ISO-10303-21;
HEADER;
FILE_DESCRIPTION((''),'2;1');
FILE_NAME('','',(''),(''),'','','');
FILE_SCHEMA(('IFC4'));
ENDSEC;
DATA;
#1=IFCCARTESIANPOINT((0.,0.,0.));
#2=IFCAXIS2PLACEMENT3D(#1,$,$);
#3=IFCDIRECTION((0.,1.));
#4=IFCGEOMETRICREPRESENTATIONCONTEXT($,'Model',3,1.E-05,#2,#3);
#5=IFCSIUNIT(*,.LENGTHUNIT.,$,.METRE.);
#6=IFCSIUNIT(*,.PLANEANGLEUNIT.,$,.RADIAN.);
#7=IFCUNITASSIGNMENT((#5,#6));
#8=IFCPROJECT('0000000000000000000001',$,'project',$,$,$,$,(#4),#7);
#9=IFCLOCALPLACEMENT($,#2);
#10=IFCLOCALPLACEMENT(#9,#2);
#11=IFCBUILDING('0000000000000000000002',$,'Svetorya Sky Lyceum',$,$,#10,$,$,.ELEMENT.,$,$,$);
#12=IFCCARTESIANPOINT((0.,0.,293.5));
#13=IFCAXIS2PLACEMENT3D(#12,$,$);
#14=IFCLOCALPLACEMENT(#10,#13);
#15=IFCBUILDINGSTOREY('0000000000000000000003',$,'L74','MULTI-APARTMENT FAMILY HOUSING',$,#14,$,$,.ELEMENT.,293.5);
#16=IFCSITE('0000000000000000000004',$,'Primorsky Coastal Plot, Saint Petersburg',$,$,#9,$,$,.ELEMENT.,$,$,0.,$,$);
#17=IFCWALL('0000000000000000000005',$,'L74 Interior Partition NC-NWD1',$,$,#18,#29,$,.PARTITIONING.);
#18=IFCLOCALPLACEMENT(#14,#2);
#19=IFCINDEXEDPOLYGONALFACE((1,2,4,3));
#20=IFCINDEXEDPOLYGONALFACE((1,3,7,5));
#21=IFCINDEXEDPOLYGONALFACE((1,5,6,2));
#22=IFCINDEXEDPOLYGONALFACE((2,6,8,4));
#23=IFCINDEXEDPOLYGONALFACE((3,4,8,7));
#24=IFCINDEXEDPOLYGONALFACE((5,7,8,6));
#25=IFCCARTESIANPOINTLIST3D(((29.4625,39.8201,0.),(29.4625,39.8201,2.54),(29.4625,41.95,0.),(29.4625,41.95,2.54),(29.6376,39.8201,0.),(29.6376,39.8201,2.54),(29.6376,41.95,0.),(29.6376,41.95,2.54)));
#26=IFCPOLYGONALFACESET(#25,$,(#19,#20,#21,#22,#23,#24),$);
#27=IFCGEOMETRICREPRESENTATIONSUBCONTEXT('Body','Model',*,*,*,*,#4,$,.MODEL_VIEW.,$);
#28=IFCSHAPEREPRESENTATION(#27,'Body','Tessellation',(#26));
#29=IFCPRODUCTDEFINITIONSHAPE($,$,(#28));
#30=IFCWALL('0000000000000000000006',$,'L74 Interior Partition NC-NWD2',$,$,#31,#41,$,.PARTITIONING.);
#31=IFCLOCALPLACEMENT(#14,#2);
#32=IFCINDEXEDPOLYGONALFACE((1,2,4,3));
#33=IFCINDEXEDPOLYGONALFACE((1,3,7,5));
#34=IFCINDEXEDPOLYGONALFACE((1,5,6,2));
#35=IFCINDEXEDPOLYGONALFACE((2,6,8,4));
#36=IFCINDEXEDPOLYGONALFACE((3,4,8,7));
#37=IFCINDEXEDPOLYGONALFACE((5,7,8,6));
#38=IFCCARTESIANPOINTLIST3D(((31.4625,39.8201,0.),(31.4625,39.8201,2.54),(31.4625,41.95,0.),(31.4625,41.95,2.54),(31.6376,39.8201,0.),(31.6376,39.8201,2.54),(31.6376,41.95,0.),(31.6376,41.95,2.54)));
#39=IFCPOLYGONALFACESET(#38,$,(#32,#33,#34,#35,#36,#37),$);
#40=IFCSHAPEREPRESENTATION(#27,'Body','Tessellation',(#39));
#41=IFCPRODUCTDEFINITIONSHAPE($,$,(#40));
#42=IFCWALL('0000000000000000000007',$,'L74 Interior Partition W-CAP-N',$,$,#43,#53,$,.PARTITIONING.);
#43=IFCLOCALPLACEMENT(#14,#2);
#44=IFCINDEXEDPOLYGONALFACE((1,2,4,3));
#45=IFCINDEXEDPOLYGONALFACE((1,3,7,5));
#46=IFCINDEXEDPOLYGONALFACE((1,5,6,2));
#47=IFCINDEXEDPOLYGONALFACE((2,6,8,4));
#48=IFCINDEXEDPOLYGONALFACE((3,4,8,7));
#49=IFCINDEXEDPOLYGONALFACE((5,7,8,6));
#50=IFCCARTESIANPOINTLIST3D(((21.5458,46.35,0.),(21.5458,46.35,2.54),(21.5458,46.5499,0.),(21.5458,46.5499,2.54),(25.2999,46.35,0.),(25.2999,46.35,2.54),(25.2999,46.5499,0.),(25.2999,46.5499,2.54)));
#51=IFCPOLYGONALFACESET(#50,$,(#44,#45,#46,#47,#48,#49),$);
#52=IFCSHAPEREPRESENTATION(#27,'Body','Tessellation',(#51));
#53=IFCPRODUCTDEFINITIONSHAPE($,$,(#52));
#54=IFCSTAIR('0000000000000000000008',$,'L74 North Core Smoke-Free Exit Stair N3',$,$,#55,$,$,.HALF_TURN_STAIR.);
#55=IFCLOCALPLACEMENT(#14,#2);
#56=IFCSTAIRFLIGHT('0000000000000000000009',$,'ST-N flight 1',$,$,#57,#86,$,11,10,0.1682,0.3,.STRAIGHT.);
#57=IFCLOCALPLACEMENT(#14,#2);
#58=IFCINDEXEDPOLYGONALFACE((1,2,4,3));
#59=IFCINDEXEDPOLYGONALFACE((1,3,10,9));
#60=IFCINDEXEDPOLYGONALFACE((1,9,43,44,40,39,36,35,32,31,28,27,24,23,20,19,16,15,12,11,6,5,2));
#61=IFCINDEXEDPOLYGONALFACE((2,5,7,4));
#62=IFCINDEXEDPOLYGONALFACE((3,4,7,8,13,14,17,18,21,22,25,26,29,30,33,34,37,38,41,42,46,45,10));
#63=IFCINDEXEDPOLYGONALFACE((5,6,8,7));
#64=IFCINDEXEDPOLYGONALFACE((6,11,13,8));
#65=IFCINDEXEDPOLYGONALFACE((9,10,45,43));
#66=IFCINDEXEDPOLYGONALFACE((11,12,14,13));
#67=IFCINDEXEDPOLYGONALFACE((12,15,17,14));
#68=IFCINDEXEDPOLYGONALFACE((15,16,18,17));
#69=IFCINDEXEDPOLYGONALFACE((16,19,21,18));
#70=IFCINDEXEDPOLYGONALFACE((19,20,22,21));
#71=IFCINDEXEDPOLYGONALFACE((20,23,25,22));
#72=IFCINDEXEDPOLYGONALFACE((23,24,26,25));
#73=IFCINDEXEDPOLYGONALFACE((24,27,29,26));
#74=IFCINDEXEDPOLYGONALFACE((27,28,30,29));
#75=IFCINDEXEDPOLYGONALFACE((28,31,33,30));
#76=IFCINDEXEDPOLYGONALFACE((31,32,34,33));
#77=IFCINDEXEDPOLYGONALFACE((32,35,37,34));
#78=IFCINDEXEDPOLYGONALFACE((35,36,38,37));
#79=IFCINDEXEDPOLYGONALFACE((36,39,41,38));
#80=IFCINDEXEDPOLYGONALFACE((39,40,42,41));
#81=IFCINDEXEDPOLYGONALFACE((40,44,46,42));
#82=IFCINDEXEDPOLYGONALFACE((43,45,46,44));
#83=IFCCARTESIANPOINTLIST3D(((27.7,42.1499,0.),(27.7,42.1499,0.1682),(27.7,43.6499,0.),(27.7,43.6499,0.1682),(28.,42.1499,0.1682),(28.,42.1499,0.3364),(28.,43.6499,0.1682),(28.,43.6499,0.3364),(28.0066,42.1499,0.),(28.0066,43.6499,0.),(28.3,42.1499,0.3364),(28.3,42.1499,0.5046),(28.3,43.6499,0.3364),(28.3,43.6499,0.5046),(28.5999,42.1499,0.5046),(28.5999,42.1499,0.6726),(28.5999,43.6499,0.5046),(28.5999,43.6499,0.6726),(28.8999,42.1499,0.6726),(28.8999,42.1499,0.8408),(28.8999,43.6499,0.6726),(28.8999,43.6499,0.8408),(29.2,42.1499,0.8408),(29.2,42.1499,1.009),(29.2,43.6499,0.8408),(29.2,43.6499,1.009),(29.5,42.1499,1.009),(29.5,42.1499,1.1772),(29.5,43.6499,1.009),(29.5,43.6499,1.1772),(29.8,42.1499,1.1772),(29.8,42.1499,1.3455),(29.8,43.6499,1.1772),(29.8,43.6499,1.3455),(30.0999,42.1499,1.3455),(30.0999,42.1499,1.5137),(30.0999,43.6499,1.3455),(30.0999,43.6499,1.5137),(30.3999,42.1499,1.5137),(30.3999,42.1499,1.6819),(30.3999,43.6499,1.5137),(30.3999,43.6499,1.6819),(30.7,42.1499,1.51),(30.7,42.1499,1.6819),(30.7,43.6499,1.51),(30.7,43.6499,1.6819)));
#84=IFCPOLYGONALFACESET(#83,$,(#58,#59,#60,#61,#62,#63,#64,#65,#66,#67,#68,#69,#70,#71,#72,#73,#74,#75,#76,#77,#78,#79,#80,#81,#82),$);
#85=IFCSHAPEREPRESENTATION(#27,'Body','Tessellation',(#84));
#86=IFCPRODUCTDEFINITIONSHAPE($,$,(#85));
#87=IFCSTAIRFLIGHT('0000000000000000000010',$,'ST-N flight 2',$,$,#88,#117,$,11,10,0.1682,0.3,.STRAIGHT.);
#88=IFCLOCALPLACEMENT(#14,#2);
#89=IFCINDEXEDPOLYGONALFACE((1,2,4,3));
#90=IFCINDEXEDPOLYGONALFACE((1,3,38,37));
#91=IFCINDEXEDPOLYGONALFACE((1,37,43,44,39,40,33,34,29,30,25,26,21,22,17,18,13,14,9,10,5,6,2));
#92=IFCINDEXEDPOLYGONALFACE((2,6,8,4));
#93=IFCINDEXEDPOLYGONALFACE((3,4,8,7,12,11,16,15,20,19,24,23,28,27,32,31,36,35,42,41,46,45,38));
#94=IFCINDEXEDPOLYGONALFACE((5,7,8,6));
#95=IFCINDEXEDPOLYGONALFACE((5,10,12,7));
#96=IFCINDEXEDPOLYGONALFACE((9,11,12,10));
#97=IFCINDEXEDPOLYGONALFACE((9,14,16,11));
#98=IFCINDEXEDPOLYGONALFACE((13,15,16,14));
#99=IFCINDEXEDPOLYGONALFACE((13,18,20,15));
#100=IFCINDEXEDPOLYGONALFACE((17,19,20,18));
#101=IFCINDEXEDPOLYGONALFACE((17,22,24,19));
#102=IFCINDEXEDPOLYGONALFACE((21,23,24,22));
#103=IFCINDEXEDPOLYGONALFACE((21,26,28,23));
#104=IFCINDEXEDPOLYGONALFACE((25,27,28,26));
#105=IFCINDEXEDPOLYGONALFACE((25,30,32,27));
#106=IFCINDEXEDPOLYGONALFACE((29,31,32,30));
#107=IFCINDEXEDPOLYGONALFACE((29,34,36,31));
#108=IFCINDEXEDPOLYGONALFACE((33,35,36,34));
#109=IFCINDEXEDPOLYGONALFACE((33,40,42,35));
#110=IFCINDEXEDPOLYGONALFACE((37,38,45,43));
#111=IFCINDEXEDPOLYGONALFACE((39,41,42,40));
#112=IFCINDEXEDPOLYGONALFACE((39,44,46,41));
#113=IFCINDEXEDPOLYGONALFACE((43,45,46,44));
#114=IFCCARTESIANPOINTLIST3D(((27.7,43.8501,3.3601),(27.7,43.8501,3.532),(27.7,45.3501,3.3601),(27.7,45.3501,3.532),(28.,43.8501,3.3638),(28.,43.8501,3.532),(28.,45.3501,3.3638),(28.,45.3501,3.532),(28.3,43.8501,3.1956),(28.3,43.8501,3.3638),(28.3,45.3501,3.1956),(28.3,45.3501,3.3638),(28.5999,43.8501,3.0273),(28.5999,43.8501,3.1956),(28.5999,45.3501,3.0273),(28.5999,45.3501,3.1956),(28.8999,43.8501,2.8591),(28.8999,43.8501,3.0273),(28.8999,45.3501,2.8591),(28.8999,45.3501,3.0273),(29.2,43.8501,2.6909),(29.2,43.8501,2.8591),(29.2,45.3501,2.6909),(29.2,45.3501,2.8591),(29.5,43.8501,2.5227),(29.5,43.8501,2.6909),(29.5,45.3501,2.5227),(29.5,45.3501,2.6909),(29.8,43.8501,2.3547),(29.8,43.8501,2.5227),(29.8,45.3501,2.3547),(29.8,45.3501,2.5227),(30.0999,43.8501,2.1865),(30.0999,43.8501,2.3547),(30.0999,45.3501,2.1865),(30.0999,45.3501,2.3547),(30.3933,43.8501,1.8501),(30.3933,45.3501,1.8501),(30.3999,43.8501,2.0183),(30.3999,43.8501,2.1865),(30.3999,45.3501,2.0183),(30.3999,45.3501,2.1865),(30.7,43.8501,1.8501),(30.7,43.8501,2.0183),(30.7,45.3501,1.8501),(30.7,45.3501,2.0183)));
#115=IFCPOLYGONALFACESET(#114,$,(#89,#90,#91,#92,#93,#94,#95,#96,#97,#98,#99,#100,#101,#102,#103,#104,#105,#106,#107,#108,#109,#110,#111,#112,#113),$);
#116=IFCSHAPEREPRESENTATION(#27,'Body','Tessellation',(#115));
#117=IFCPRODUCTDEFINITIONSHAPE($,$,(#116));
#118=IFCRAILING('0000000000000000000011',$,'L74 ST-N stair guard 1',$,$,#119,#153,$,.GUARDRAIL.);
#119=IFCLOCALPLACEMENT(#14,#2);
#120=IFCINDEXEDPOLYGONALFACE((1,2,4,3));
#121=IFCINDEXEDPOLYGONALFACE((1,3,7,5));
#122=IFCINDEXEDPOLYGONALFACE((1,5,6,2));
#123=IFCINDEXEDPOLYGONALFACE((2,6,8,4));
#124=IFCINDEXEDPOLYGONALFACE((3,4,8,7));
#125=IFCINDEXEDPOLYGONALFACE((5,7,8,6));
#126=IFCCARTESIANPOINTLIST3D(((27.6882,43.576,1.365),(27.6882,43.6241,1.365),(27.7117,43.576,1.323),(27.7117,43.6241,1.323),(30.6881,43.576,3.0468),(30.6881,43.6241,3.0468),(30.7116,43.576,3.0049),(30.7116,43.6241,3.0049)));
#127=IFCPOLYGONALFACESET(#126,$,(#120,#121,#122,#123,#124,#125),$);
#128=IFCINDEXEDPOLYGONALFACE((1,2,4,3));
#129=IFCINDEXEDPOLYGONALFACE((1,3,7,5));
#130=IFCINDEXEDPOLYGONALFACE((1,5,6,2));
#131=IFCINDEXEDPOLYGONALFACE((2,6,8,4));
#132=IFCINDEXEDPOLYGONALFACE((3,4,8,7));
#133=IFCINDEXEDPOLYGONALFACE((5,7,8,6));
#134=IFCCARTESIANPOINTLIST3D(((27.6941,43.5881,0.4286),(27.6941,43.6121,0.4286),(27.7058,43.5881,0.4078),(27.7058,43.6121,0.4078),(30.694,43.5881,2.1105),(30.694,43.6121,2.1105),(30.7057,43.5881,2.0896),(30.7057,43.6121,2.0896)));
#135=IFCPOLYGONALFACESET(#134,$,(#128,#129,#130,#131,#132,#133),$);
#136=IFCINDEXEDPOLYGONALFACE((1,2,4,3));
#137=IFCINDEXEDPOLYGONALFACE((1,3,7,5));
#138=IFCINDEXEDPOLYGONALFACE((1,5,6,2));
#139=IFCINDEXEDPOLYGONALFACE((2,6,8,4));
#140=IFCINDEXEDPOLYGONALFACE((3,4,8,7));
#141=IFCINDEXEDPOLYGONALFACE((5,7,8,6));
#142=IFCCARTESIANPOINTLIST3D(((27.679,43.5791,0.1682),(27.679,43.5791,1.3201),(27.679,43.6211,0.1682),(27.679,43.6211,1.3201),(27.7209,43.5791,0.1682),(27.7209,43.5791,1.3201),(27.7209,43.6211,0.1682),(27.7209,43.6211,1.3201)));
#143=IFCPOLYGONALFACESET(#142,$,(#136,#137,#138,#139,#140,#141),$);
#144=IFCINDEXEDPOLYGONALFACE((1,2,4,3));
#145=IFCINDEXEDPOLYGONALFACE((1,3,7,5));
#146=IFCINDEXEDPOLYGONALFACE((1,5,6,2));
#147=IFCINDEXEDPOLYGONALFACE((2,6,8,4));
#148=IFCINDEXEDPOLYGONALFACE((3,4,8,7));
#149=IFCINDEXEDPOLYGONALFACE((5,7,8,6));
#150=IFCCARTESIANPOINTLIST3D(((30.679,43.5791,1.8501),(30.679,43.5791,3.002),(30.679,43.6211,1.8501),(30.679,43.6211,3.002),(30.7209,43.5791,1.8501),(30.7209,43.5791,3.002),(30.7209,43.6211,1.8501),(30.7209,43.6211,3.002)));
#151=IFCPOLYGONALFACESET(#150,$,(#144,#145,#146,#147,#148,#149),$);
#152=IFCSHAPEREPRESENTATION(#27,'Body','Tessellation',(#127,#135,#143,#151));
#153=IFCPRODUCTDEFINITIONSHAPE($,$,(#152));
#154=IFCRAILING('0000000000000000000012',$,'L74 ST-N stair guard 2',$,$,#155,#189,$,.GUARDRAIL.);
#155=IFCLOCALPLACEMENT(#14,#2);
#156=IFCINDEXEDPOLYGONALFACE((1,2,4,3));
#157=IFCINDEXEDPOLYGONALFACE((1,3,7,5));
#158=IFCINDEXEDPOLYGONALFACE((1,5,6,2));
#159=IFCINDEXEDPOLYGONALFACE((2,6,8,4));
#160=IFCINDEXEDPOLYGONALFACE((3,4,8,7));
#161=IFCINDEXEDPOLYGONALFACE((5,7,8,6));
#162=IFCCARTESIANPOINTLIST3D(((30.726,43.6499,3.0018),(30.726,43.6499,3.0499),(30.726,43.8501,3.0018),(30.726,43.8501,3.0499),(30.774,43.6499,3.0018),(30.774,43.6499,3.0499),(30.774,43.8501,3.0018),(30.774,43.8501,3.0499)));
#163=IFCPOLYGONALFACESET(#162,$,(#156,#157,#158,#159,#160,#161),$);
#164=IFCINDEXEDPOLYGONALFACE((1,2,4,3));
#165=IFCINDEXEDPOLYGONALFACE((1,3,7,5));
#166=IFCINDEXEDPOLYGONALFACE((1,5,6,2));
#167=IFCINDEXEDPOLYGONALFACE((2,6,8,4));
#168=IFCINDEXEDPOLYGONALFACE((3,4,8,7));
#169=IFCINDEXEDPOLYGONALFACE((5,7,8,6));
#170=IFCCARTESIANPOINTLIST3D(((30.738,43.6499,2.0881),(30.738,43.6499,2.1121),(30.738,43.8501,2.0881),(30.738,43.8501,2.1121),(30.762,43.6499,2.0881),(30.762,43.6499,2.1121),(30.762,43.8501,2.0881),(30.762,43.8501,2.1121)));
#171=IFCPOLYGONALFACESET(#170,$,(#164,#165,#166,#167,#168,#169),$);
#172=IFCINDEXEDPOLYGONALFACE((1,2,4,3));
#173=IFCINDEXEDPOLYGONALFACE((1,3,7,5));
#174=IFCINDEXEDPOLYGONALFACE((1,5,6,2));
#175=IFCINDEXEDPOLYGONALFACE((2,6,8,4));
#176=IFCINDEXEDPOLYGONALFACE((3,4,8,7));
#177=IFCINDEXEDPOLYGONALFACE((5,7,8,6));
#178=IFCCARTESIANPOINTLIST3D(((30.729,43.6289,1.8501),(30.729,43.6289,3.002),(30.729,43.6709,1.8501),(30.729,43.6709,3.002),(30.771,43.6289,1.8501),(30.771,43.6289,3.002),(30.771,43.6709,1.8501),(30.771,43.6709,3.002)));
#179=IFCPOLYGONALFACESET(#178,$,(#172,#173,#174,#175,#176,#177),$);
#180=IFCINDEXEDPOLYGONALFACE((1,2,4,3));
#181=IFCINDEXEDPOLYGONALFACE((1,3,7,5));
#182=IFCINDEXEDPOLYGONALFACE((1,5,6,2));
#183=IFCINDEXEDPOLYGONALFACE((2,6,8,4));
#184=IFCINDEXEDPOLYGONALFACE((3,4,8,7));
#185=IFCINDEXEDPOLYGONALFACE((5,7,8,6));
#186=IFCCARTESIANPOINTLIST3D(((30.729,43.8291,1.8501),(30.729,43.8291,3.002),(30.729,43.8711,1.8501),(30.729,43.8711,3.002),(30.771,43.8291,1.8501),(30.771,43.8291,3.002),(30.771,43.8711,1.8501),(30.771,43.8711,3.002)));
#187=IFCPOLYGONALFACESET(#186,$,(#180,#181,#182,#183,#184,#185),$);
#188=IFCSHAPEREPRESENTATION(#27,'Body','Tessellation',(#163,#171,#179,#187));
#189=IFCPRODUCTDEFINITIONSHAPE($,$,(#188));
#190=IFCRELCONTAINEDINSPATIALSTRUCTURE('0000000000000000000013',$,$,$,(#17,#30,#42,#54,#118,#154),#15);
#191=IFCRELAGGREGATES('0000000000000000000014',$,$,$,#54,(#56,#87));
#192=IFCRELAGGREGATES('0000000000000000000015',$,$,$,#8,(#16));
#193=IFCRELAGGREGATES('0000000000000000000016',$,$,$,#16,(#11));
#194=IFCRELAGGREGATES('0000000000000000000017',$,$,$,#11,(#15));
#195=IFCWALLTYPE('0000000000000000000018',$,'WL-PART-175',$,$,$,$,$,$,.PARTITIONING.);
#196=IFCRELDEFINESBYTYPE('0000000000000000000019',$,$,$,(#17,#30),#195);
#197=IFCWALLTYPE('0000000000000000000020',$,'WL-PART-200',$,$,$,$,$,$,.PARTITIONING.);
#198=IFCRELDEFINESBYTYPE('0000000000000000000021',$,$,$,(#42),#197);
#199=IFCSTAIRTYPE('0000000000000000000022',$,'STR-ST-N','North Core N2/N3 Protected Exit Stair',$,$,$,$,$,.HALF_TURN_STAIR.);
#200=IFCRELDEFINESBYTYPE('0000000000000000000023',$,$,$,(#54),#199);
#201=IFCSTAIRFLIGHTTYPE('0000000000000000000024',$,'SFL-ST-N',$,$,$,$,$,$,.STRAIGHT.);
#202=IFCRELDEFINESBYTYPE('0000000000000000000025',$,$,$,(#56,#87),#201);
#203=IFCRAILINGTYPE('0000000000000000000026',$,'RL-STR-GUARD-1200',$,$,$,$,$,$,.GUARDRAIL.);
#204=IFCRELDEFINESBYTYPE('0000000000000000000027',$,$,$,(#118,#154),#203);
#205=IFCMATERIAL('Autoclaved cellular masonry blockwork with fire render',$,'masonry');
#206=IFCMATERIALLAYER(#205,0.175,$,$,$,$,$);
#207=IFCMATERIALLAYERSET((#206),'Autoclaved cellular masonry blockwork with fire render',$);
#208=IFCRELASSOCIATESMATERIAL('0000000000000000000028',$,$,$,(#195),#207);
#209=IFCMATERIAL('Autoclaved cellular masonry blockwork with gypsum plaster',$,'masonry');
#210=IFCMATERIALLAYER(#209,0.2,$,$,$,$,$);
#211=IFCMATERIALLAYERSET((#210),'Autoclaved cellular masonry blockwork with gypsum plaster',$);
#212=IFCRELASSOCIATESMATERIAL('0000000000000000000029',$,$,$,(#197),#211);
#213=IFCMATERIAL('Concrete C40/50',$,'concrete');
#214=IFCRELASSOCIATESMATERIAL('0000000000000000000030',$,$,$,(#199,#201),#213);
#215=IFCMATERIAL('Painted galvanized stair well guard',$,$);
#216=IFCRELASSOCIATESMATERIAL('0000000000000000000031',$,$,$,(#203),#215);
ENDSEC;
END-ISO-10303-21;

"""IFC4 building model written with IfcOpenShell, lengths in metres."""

from ifc_helpers import new_model, si_unit, direction, frame, frame_2d, origin, origin_2d, place, context, subcontext, project, spatial, polyline, rectangle, outline, extrude, material, layer, layer_set, type_object, element, aggregate, save


model = new_model("IFC4")

# Units and contexts
model_context = context("Model", 3, precision=1e-05, world=origin(), true_north=direction((0.0, 1.0)))
body_context = subcontext(model_context, "Body", "Model", "MODEL_VIEW")
ifc_project = project(units=[si_unit("LENGTHUNIT", "METRE"), si_unit("PLANEANGLEUNIT", "RADIAN")], contexts=[model_context])

# Site, building, storey
site_placement = place(None, origin())
site = spatial("IfcSite", under=ifc_project, at=site_placement, Name="Primorsky Coastal Plot, Saint Petersburg", CompositionType="ELEMENT", RefElevation=0.0)
building_placement = place(site_placement, origin())
building = spatial("IfcBuilding", under=site, at=building_placement, Name="Svetorya Sky Lyceum", CompositionType="ELEMENT")
storey_placement = place(building_placement, frame((0.0, 0.0, 293.5)))
storey = spatial("IfcBuildingStorey", under=building, at=storey_placement, Name="L74", Description="MULTI-APARTMENT FAMILY HOUSING", CompositionType="ELEMENT", Elevation=293.5)

# Shared definitions
ifc_material_1 = material(Name="Concrete C40/50", Category="concrete")

# Walls
ifc_material_2 = material(Name="Autoclaved cellular masonry blockwork with fire render", Category="masonry")
ifc_layer_1 = layer(ifc_material_2, 0.175)
ifc_layer_set_1 = layer_set([ifc_layer_1], Name="Autoclaved cellular masonry blockwork with fire render")
wall_type_1 = type_object("IfcWallType", Name="WL-PART-175", PredefinedType="PARTITIONING", material=ifc_layer_set_1)
for number, where, z_axis, x_axis, name in (
    (1, (29.55, 39.8201, 0.0), (0.0, 0.0, 1.0), (0.0, 1.0, 0.0), "L74 Interior Partition NC-NWD1"),
    (2, (31.55, 39.8201, 0.0), (0.0, 0.0, 1.0), (0.0, 1.0, 0.0), "L74 Interior Partition NC-NWD2"),
):
    element("IfcWall", number, at=place(storey_placement, frame(where, z_axis=z_axis, x_axis=x_axis)), inside=storey, type_object=wall_type_1, Name=name, PredefinedType="PARTITIONING", context=body_context, shape_type="SweptSolid", body=[
        extrude(rectangle(XDim=2.1299, YDim=0.175, at=frame_2d((1.0649, 0.0))), origin(), (0.0, 0.0, 1.0), 2.54),
    ])
ifc_material_3 = material(Name="Autoclaved cellular masonry blockwork with gypsum plaster", Category="masonry")
ifc_layer_2 = layer(ifc_material_3, 0.2)
ifc_layer_set_2 = layer_set([ifc_layer_2], Name="Autoclaved cellular masonry blockwork with gypsum plaster")
wall_type_2 = type_object("IfcWallType", Name="WL-PART-200", PredefinedType="PARTITIONING", material=ifc_layer_set_2)
wall_1_placement = place(storey_placement, frame((21.5459, 46.45, 0.0), z_axis=(0.0, 0.0, 1.0), x_axis=(1.0, 0.0, 0.0)))
element("IfcWall", 3, at=wall_1_placement, inside=storey, type_object=wall_type_2, Name="L74 Interior Partition W-CAP-N", PredefinedType="PARTITIONING", context=body_context, shape_type="SweptSolid", body=[
    extrude(rectangle(XDim=3.7542, YDim=0.2, at=frame_2d((1.877, 0.0))), origin(), (0.0, 0.0, 1.0), 2.54),
])

# Stair, stair flights
stair_type = type_object("IfcStairType", Name="STR-ST-N", Description="North Core N2/N3 Protected Exit Stair", PredefinedType="HALF_TURN_STAIR", material=ifc_material_1)
stair_placement = place(storey_placement, origin())
stair = element("IfcStair", 4, at=stair_placement, inside=storey, type_object=stair_type, Name="L74 North Core Smoke-Free Exit Stair N3", PredefinedType="HALF_TURN_STAIR")
stair_flight_type = type_object("IfcStairFlightType", Name="SFL-ST-N", PredefinedType="STRAIGHT", material=ifc_material_1)
stair_flight_1_placement = place(storey_placement, frame((27.7, 42.8999, 0.0), z_axis=(0.0, 0.0, 1.0), x_axis=(1.0, 0.0, 0.0)))
stair_flight_1 = element("IfcStairFlight", 5, at=stair_flight_1_placement, type_object=stair_flight_type, Name="ST-N flight 1", NumberOfRisers=11, NumberOfTreads=10, PredefinedType="STRAIGHT", RiserHeight=0.1682, TreadLength=0.3, context=body_context, shape_type="SweptSolid", body=[
    extrude(outline(polyline([(0.0, 0.0), (0.0, 0.1682), (0.3, 0.1682), (0.3, 0.3364), (0.6001, 0.3364), (0.6001, 0.5046), (0.8999, 0.5046), (0.8999, 0.6726), (1.2, 0.6726), (1.2, 0.8408), (1.5, 0.8408), (1.5, 1.009), (1.8, 1.009), (1.8, 1.1772), (2.1001, 1.1772), (2.1001, 1.3455), (2.3999, 1.3455), (2.3999, 1.5137), (2.7, 1.5137), (2.7, 1.6819), (3.0, 1.6819), (3.0, 1.8501), (3.0, 1.51), (0.3066, 0.0), (0.0, 0.0)])), frame((0.0, 0.75, 0.0), z_axis=(0.0, -1.0, 0.0), x_axis=(1.0, 0.0, 0.0)), (0.0, 0.0, 1.0), 1.5),
])
stair_flight_2_placement = place(storey_placement, frame((30.7, 44.6001, 1.8501), z_axis=(0.0, 0.0, 1.0), x_axis=(-1.0, 0.0, 0.0)))
stair_flight_2 = element("IfcStairFlight", 6, at=stair_flight_2_placement, type_object=stair_flight_type, Name="ST-N flight 2", NumberOfRisers=11, NumberOfTreads=10, PredefinedType="STRAIGHT", RiserHeight=0.1682, TreadLength=0.3, context=body_context, shape_type="SweptSolid", body=[
    extrude(outline(polyline([(0.0, 0.0), (0.0, 0.1682), (0.3, 0.1682), (0.3, 0.3364), (0.6001, 0.3364), (0.6001, 0.5046), (0.8999, 0.5046), (0.8999, 0.6726), (1.2, 0.6726), (1.2, 0.8408), (1.5, 0.8408), (1.5, 1.009), (1.8, 1.009), (1.8, 1.1772), (2.1001, 1.1772), (2.1001, 1.3455), (2.3999, 1.3455), (2.3999, 1.5137), (2.7, 1.5137), (2.7, 1.6819), (3.0, 1.6819), (3.0, 1.8501), (3.0, 1.51), (0.3066, 0.0), (0.0, 0.0)])), frame((0.0, 0.75, 0.0), z_axis=(0.0, -1.0, 0.0), x_axis=(1.0, 0.0, 0.0)), (0.0, 0.0, 1.0), 1.5),
])
aggregate(stair, [stair_flight_1, stair_flight_2])

# Railings
ifc_material_4 = material(Name="Painted galvanized stair well guard")
railing_type_1 = type_object("IfcRailingType", Name="RL-STR-GUARD-1200", PredefinedType="GUARDRAIL", material=ifc_material_4)
railing_1_placement = place(storey_placement, frame((27.7, 43.6001, 0.1682)))
element("IfcRailing", 7, at=railing_1_placement, inside=storey, type_object=railing_type_1, Name="L74 ST-N stair guard 1", PredefinedType="GUARDRAIL", context=body_context, shape_type="SweptSolid", body=[
    extrude(rectangle(XDim=0.0481, YDim=0.0481, at=origin_2d()), frame((0.0, 0.0, 1.1758), z_axis=(0.872272, 0.0, 0.48902), x_axis=(0.0, 1.0, 0.0)), (0.0, 0.0, 1.0), 3.4392),
    extrude(rectangle(XDim=0.0239, YDim=0.0239, at=origin_2d()), frame((0.0, 0.0, 0.25), z_axis=(0.872272, 0.0, 0.48902), x_axis=(0.0, 1.0, 0.0)), (0.0, 0.0, 1.0), 3.4392),
    extrude(rectangle(XDim=0.042, YDim=0.042, at=origin_2d()), origin(), (0.0, 0.0, 1.0), 1.1519),
    extrude(rectangle(XDim=0.042, YDim=0.042, at=origin_2d()), frame((3.0, 0.0, 1.6819)), (0.0, 0.0, 1.0), 1.1519),
])
railing_2_placement = place(storey_placement, frame((30.75, 43.6499, 1.8501)))
element("IfcRailing", 8, at=railing_2_placement, inside=storey, type_object=railing_type_1, Name="L74 ST-N stair guard 2", PredefinedType="GUARDRAIL", context=body_context, shape_type="SweptSolid", body=[
    extrude(rectangle(XDim=0.0481, YDim=0.0481, at=origin_2d()), frame((0.0, 0.0, 1.1758), z_axis=(0.0, 1.0, 0.0), x_axis=(-1.0, 0.0, 0.0)), (0.0, 0.0, 1.0), 0.2002),
    extrude(rectangle(XDim=0.0239, YDim=0.0239, at=origin_2d()), frame((0.0, 0.0, 0.25), z_axis=(0.0, 1.0, 0.0), x_axis=(-1.0, 0.0, 0.0)), (0.0, 0.0, 1.0), 0.2002),
    extrude(rectangle(XDim=0.042, YDim=0.042, at=origin_2d()), origin(), (0.0, 0.0, 1.0), 1.1519),
    extrude(rectangle(XDim=0.042, YDim=0.042, at=origin_2d()), frame((0.0, 0.2002, 0.0)), (0.0, 0.0, 1.0), 1.1519),
])

save(model, "model.ifc")
